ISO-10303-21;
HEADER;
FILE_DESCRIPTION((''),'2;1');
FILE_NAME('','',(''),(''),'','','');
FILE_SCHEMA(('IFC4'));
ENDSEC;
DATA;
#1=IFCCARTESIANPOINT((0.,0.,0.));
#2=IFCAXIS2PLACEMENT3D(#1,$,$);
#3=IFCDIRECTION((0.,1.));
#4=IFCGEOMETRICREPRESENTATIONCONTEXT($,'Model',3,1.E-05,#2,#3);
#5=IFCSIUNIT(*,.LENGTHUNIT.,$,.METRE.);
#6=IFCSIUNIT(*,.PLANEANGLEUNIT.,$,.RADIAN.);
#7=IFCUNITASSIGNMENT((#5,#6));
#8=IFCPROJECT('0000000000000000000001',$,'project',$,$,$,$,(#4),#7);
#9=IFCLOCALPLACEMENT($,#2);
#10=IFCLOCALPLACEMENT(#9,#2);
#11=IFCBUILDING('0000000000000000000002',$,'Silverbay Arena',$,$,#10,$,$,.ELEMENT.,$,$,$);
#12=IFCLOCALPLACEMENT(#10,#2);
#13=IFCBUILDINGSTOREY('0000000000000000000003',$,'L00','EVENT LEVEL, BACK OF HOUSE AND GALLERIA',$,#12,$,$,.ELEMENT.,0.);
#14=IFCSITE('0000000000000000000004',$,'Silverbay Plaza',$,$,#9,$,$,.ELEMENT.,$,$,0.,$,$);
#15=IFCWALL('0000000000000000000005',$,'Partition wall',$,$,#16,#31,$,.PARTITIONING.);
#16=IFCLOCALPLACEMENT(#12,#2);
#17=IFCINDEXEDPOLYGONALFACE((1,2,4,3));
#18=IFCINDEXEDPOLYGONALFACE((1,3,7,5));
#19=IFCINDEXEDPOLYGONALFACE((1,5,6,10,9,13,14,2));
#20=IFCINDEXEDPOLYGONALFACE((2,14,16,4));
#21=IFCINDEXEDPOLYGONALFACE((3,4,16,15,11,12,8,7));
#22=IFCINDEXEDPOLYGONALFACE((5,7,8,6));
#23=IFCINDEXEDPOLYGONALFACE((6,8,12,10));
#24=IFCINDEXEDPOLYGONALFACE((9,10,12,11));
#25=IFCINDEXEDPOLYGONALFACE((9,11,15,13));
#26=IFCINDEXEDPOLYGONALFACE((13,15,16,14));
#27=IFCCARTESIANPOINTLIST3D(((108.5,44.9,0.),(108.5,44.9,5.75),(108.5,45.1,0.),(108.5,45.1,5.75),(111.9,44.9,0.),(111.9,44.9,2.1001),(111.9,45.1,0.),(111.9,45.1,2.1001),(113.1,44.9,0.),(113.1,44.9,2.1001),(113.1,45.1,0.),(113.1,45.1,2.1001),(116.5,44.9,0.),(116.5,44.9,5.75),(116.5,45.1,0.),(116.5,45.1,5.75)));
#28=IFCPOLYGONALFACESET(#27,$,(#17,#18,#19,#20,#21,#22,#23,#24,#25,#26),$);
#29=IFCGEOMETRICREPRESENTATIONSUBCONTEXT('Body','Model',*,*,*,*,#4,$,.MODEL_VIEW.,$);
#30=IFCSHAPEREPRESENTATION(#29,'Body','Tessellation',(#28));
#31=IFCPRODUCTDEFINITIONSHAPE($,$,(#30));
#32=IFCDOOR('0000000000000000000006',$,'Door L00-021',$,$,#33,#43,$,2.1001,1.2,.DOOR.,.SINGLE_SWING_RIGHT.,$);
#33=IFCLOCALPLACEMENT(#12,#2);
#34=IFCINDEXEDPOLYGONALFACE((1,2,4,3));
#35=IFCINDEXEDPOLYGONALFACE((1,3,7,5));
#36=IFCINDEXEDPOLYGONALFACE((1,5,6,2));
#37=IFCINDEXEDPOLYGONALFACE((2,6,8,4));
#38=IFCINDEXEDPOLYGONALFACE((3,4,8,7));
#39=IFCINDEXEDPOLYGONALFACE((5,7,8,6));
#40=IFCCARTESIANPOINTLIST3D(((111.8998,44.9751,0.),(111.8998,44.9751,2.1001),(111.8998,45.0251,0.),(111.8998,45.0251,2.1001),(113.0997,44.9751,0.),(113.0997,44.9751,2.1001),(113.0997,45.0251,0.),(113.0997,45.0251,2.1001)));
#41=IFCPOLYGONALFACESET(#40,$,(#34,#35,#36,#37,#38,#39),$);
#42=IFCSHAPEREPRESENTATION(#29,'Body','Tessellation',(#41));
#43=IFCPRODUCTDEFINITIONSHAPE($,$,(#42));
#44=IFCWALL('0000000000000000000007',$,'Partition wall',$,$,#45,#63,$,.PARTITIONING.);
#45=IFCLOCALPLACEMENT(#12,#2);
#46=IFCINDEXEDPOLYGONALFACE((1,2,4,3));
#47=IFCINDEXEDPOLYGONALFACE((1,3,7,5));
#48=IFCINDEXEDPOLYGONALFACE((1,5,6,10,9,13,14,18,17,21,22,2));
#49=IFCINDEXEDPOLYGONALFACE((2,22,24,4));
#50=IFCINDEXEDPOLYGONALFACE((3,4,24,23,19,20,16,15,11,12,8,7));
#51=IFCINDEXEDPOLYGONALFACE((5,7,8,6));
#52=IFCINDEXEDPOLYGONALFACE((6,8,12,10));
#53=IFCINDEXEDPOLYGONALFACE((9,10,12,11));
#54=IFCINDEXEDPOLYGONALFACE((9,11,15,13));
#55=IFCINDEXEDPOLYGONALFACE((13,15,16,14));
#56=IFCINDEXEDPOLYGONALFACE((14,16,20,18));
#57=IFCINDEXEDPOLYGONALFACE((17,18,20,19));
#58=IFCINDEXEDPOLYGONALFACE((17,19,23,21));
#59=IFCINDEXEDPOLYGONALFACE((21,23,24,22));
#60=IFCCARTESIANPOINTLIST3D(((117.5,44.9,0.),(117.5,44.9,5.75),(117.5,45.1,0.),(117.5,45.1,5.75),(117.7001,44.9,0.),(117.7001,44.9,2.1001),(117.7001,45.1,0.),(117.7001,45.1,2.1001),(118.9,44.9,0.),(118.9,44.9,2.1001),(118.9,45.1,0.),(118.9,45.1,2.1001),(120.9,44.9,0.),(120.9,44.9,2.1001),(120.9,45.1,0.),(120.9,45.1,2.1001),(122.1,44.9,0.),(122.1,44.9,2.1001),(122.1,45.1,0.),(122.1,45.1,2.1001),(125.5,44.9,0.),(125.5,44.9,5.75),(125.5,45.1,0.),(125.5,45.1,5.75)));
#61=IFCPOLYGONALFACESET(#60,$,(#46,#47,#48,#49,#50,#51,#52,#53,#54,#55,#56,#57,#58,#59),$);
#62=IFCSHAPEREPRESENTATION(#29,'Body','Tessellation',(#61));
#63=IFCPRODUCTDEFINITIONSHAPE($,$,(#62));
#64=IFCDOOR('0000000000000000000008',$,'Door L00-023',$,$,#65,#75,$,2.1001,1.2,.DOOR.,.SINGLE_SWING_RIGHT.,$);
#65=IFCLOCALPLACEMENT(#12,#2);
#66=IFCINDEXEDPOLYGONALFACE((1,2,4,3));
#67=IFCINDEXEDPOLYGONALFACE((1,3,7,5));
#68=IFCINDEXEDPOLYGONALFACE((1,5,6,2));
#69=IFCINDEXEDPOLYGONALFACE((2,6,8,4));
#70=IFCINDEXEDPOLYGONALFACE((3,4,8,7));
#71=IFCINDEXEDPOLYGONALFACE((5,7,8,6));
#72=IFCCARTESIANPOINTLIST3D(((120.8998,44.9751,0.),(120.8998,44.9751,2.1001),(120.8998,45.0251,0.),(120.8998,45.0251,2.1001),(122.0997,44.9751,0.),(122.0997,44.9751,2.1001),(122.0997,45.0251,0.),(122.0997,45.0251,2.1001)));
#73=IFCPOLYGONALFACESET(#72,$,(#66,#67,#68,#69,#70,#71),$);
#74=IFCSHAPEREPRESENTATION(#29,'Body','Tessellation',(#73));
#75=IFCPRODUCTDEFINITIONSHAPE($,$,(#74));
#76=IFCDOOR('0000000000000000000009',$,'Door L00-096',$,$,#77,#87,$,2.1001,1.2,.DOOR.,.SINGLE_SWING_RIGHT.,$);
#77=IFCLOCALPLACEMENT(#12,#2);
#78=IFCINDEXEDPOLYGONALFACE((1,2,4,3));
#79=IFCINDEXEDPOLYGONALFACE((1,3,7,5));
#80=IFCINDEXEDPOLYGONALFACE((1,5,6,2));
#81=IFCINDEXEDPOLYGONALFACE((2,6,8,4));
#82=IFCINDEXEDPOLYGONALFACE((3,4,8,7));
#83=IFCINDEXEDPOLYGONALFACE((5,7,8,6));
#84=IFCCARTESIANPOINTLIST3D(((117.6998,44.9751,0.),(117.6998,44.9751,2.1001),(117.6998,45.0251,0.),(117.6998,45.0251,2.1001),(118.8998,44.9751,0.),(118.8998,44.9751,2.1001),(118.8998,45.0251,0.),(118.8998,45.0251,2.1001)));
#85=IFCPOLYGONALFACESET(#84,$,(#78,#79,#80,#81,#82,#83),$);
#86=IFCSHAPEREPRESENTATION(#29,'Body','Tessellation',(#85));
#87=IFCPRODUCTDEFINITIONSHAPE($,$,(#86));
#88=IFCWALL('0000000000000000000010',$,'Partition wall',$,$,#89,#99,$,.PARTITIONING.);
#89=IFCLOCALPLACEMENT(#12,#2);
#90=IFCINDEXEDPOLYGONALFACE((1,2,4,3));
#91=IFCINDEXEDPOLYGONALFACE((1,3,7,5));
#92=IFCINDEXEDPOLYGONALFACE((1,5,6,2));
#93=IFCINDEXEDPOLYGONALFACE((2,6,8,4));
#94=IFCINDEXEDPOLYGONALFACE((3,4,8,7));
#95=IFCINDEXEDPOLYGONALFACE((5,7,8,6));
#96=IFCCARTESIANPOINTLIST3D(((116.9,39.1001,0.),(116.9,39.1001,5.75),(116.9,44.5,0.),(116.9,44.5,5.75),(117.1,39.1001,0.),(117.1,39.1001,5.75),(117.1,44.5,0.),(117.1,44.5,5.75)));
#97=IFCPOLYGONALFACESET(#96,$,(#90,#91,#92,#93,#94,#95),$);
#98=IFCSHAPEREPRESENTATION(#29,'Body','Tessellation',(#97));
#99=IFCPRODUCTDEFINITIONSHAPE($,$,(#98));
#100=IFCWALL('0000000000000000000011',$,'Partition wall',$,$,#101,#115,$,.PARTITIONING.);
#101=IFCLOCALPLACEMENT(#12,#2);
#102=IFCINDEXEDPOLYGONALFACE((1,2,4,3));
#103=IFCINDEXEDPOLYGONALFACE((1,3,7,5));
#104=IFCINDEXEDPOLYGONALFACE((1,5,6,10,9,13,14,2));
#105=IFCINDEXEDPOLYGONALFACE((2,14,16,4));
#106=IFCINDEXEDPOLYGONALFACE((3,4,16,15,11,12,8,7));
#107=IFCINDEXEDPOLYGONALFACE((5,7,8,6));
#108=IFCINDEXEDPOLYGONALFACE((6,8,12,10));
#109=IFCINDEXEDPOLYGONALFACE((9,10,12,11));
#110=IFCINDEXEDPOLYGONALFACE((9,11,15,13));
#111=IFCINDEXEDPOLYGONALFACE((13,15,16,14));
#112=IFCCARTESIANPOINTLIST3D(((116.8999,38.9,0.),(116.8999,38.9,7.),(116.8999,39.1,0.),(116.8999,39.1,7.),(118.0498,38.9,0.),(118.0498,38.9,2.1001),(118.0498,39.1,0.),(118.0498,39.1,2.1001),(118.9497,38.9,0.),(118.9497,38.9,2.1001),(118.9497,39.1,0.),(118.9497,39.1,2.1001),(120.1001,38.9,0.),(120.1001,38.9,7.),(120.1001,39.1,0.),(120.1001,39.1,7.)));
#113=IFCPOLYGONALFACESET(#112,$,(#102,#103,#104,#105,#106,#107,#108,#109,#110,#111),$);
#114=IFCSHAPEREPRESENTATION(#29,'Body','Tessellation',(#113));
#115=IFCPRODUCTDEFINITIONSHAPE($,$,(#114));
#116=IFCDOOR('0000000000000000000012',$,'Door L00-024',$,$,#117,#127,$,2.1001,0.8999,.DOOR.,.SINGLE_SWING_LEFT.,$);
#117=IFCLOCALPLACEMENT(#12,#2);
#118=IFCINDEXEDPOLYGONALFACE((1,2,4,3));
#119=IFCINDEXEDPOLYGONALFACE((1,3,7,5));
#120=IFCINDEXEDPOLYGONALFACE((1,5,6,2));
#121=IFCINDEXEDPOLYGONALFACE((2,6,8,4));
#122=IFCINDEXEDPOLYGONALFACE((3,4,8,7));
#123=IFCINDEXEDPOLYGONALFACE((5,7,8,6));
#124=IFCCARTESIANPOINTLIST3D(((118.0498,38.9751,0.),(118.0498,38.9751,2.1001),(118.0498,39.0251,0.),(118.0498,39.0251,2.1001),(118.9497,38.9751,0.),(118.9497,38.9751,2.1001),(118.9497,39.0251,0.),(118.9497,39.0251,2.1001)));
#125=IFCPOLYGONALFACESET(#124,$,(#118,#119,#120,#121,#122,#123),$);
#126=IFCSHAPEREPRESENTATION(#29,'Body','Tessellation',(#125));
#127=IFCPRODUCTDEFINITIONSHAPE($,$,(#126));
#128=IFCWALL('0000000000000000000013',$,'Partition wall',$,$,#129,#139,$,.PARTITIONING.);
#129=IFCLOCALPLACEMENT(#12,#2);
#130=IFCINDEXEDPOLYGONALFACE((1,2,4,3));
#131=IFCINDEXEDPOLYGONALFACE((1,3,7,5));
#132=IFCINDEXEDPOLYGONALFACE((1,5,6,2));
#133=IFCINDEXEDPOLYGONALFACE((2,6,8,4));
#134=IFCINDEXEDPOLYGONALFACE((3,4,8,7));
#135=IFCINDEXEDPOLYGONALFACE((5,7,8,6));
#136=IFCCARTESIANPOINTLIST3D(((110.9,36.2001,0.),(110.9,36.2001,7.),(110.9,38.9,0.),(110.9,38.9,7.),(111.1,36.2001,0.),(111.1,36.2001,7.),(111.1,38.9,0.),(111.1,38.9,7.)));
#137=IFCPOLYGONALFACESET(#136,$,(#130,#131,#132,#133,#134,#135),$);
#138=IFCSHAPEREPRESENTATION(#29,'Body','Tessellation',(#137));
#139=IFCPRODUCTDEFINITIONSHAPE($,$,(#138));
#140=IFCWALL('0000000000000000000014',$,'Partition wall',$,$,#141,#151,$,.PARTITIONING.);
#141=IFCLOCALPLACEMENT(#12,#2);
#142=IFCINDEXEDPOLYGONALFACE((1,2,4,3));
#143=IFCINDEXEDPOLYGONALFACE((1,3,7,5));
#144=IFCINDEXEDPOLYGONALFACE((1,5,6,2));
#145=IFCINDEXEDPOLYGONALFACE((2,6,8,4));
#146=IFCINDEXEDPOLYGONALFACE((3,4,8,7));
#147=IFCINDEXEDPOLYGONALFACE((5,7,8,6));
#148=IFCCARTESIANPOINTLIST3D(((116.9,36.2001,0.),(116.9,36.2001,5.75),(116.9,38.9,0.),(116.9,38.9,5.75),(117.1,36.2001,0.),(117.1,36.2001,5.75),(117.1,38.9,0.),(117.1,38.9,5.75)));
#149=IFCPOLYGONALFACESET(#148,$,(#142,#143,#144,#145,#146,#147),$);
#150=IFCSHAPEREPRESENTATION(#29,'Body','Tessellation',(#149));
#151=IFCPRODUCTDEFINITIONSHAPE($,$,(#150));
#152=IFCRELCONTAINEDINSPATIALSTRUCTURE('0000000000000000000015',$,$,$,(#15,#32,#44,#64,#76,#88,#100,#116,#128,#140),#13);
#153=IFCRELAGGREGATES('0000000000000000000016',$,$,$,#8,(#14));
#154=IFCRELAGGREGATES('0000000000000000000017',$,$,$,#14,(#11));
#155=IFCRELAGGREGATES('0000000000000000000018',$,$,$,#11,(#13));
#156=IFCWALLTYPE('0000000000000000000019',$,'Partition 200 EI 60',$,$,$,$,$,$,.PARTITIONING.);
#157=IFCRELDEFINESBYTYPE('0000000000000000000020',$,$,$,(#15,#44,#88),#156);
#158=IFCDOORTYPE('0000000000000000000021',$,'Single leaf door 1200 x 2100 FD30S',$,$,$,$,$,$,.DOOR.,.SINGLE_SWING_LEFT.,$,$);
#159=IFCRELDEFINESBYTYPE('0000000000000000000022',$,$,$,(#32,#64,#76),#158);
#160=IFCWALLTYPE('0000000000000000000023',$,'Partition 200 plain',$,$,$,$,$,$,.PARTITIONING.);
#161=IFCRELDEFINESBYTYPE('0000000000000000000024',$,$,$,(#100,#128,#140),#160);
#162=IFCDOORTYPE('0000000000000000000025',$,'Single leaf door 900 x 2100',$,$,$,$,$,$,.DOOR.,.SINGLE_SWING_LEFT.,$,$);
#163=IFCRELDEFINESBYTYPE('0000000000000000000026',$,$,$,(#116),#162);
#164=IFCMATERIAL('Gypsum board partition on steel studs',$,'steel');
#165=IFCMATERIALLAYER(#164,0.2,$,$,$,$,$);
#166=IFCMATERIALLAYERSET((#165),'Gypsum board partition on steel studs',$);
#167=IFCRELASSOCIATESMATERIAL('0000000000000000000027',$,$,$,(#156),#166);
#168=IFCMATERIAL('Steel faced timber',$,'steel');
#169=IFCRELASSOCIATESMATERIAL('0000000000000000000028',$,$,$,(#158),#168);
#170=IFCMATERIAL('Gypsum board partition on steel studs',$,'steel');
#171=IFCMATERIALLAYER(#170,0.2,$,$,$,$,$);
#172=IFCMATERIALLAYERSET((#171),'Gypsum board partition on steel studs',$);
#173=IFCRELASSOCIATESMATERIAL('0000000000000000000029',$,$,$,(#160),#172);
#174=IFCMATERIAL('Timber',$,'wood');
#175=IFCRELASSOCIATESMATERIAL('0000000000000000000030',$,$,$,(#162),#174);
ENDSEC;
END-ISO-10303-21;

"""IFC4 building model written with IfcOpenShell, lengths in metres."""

from ifc_helpers import new_model, si_unit, direction, frame, frame_2d, origin, place, context, subcontext, project, spatial, rectangle, extrude, material, layer, layer_set, type_object, element, fill, save


model = new_model("IFC4")

# Units and contexts
model_context = context("Model", 3, precision=1e-05, world=origin(), true_north=direction((0.0, 1.0)))
body_context = subcontext(model_context, "Body", "Model", "MODEL_VIEW")
ifc_project = project(units=[si_unit("LENGTHUNIT", "METRE"), si_unit("PLANEANGLEUNIT", "RADIAN")], contexts=[model_context])

# Site, building, storey
site_placement = place(None, origin())
site = spatial("IfcSite", under=ifc_project, at=site_placement, Name="Silverbay Plaza", CompositionType="ELEMENT", RefElevation=0.0)
building_placement = place(site_placement, origin())
building = spatial("IfcBuilding", under=site, at=building_placement, Name="Silverbay Arena", CompositionType="ELEMENT")
storey_placement = place(building_placement, origin())
storey = spatial("IfcBuildingStorey", under=building, at=storey_placement, Name="L00", Description="EVENT LEVEL, BACK OF HOUSE AND GALLERIA", CompositionType="ELEMENT", Elevation=0.0)

# Wall, opening, door
ifc_material_1 = material(Name="Gypsum board partition on steel studs", Category="steel")
ifc_layer_1 = layer(ifc_material_1, 0.2)
ifc_layer_set_1 = layer_set([ifc_layer_1], Name="Gypsum board partition on steel studs")
wall_type_1 = type_object("IfcWallType", Name="Partition 200 EI 60", PredefinedType="PARTITIONING", material=ifc_layer_set_1)
wall_1_placement = place(storey_placement, frame((108.5, 45.0, 0.0), z_axis=(0.0, 0.0, 1.0), x_axis=(1.0, 0.0, 0.0)))
wall_1 = element("IfcWall", 1, at=wall_1_placement, inside=storey, type_object=wall_type_1, Name="Partition wall", PredefinedType="PARTITIONING", context=body_context, shape_type="SweptSolid", body=[
    extrude(rectangle(XDim=8.0, YDim=0.2, at=frame_2d((4.0, 0.0))), origin(), (0.0, 0.0, 1.0), 5.75),
])
opening_1_placement = place(wall_1_placement, frame((3.3999, 0.0, 0.0)))
opening_1 = element("IfcOpeningElement", 2, at=opening_1_placement, cuts=wall_1, PredefinedType="OPENING", context=body_context, shape_type="SweptSolid", body=[
    extrude(rectangle(XDim=1.2, YDim=2.1001, at=frame_2d((0.6001, 1.05))), frame((0.0, 0.1099, 0.0), z_axis=(0.0, -1.0, 0.0), x_axis=(1.0, 0.0, 0.0)), (0.0, 0.0, 1.0), 0.22),
])
ifc_material_2 = material(Name="Steel faced timber", Category="steel")
door_type_1 = type_object("IfcDoorType", Name="Single leaf door 1200 x 2100 FD30S", OperationType="SINGLE_SWING_LEFT", PredefinedType="DOOR", material=ifc_material_2)
door_1_placement = place(opening_1_placement, frame((1.2, 0.0, 0.0), z_axis=(0.0, 0.0, 1.0), x_axis=(-1.0, 0.0, 0.0)))
door_1 = element("IfcDoor", 3, at=door_1_placement, inside=storey, type_object=door_type_1, Name="Door L00-021", OperationType="SINGLE_SWING_RIGHT", OverallHeight=2.1001, OverallWidth=1.2, PredefinedType="DOOR", context=body_context, shape_type="SweptSolid", body=[
    extrude(rectangle(XDim=1.2, YDim=2.1001, at=frame_2d((0.6001, 1.05))), frame((0.0, 0.0249, 0.0), z_axis=(0.0, -1.0, 0.0), x_axis=(1.0, 0.0, 0.0)), (0.0, 0.0, 1.0), 0.05),
])
fill(opening_1, door_1)

# Wall, openings, doors
wall_2_placement = place(storey_placement, frame((117.5, 45.0, 0.0), z_axis=(0.0, 0.0, 1.0), x_axis=(1.0, 0.0, 0.0)))
wall_2 = element("IfcWall", 4, at=wall_2_placement, inside=storey, type_object=wall_type_1, Name="Partition wall", PredefinedType="PARTITIONING", context=body_context, shape_type="SweptSolid", body=[
    extrude(rectangle(XDim=8.0, YDim=0.2, at=frame_2d((4.0, 0.0))), origin(), (0.0, 0.0, 1.0), 5.75),
])
opening_2_placement = place(wall_2_placement, frame((3.3999, 0.0, 0.0)))
opening_2 = element("IfcOpeningElement", 5, at=opening_2_placement, cuts=wall_2, PredefinedType="OPENING", context=body_context, shape_type="SweptSolid", body=[
    extrude(rectangle(XDim=1.2, YDim=2.1001, at=frame_2d((0.6001, 1.05))), frame((0.0, 0.1099, 0.0), z_axis=(0.0, -1.0, 0.0), x_axis=(1.0, 0.0, 0.0)), (0.0, 0.0, 1.0), 0.22),
])
opening_3_placement = place(wall_2_placement, frame((0.2, 0.0, 0.0)))
opening_3 = element("IfcOpeningElement", 6, at=opening_3_placement, cuts=wall_2, PredefinedType="OPENING", context=body_context, shape_type="SweptSolid", body=[
    extrude(rectangle(XDim=1.2, YDim=2.1001, at=frame_2d((0.6001, 1.05))), frame((0.0, 0.1099, 0.0), z_axis=(0.0, -1.0, 0.0), x_axis=(1.0, 0.0, 0.0)), (0.0, 0.0, 1.0), 0.22),
])
door_2_placement = place(opening_2_placement, frame((1.2, 0.0, 0.0), z_axis=(0.0, 0.0, 1.0), x_axis=(-1.0, 0.0, 0.0)))
door_2 = element("IfcDoor", 7, at=door_2_placement, inside=storey, type_object=door_type_1, Name="Door L00-023", OperationType="SINGLE_SWING_RIGHT", OverallHeight=2.1001, OverallWidth=1.2, PredefinedType="DOOR", context=body_context, shape_type="SweptSolid", body=[
    extrude(rectangle(XDim=1.2, YDim=2.1001, at=frame_2d((0.6001, 1.05))), frame((0.0, 0.0249, 0.0), z_axis=(0.0, -1.0, 0.0), x_axis=(1.0, 0.0, 0.0)), (0.0, 0.0, 1.0), 0.05),
])
fill(opening_2, door_2)
door_3_placement = place(opening_3_placement, frame((1.2, 0.0, 0.0), z_axis=(0.0, 0.0, 1.0), x_axis=(-1.0, 0.0, 0.0)))
door_3 = element("IfcDoor", 8, at=door_3_placement, inside=storey, type_object=door_type_1, Name="Door L00-096", OperationType="SINGLE_SWING_RIGHT", OverallHeight=2.1001, OverallWidth=1.2, PredefinedType="DOOR", context=body_context, shape_type="SweptSolid", body=[
    extrude(rectangle(XDim=1.2, YDim=2.1001, at=frame_2d((0.6001, 1.05))), frame((0.0, 0.0249, 0.0), z_axis=(0.0, -1.0, 0.0), x_axis=(1.0, 0.0, 0.0)), (0.0, 0.0, 1.0), 0.05),
])
fill(opening_3, door_3)

# Wall
wall_3_placement = place(storey_placement, frame((117.0, 39.1001, 0.0), z_axis=(0.0, 0.0, 1.0), x_axis=(0.0, 1.0, 0.0)))
element("IfcWall", 9, at=wall_3_placement, inside=storey, type_object=wall_type_1, Name="Partition wall", PredefinedType="PARTITIONING", context=body_context, shape_type="SweptSolid", body=[
    extrude(rectangle(XDim=5.3999, YDim=0.2, at=frame_2d((2.7, 0.0))), origin(), (0.0, 0.0, 1.0), 5.75),
])

# Wall, opening, door
ifc_material_3 = material(Name="Gypsum board partition on steel studs", Category="steel")
ifc_layer_2 = layer(ifc_material_3, 0.2)
ifc_layer_set_2 = layer_set([ifc_layer_2], Name="Gypsum board partition on steel studs")
wall_type_2 = type_object("IfcWallType", Name="Partition 200 plain", PredefinedType="PARTITIONING", material=ifc_layer_set_2)
wall_4_placement = place(storey_placement, frame((116.8999, 39.0, 0.0), z_axis=(0.0, 0.0, 1.0), x_axis=(1.0, 0.0, 0.0)))
wall_4 = element("IfcWall", 10, at=wall_4_placement, inside=storey, type_object=wall_type_2, Name="Partition wall", PredefinedType="PARTITIONING", context=body_context, shape_type="SweptSolid", body=[
    extrude(rectangle(XDim=3.2002, YDim=0.2, at=frame_2d((1.6001, 0.0))), origin(), (0.0, 0.0, 1.0), 7.0),
])
opening_4_placement = place(wall_4_placement, frame((1.1499, 0.0, 0.0)))
opening_4 = element("IfcOpeningElement", 11, at=opening_4_placement, cuts=wall_4, PredefinedType="OPENING", context=body_context, shape_type="SweptSolid", body=[
    extrude(rectangle(XDim=0.8999, YDim=2.1001, at=frame_2d((0.45, 1.05))), frame((0.0, 0.1099, 0.0), z_axis=(0.0, -1.0, 0.0), x_axis=(1.0, 0.0, 0.0)), (0.0, 0.0, 1.0), 0.22),
])
ifc_material_4 = material(Name="Timber", Category="wood")
door_type_2 = type_object("IfcDoorType", Name="Single leaf door 900 x 2100", OperationType="SINGLE_SWING_LEFT", PredefinedType="DOOR", material=ifc_material_4)
door_4_placement = place(opening_4_placement, frame((0.8999, 0.0, 0.0), z_axis=(0.0, 0.0, 1.0), x_axis=(-1.0, 0.0, 0.0)))
door_4 = element("IfcDoor", 12, at=door_4_placement, inside=storey, type_object=door_type_2, Name="Door L00-024", OperationType="SINGLE_SWING_LEFT", OverallHeight=2.1001, OverallWidth=0.8999, PredefinedType="DOOR", context=body_context, shape_type="SweptSolid", body=[
    extrude(rectangle(XDim=0.8999, YDim=2.1001, at=frame_2d((0.45, 1.05))), frame((0.0, 0.0249, 0.0), z_axis=(0.0, -1.0, 0.0), x_axis=(1.0, 0.0, 0.0)), (0.0, 0.0, 1.0), 0.05),
])
fill(opening_4, door_4)

# Walls
wall_5_placement = place(storey_placement, frame((111.0, 36.2, 0.0), z_axis=(0.0, 0.0, 1.0), x_axis=(0.0, 1.0, 0.0)))
element("IfcWall", 13, at=wall_5_placement, inside=storey, type_object=wall_type_2, Name="Partition wall", PredefinedType="PARTITIONING", context=body_context, shape_type="SweptSolid", body=[
    extrude(rectangle(XDim=2.7, YDim=0.2, at=frame_2d((1.3501, 0.0))), origin(), (0.0, 0.0, 1.0), 7.0),
])
wall_6_placement = place(storey_placement, frame((117.0, 36.2, 0.0), z_axis=(0.0, 0.0, 1.0), x_axis=(0.0, 1.0, 0.0)))
element("IfcWall", 14, at=wall_6_placement, inside=storey, type_object=wall_type_2, Name="Partition wall", PredefinedType="PARTITIONING", context=body_context, shape_type="SweptSolid", body=[
    extrude(rectangle(XDim=2.7, YDim=0.2, at=frame_2d((1.3501, 0.0))), origin(), (0.0, 0.0, 1.0), 5.75),
])

save(model, "model.ifc")
